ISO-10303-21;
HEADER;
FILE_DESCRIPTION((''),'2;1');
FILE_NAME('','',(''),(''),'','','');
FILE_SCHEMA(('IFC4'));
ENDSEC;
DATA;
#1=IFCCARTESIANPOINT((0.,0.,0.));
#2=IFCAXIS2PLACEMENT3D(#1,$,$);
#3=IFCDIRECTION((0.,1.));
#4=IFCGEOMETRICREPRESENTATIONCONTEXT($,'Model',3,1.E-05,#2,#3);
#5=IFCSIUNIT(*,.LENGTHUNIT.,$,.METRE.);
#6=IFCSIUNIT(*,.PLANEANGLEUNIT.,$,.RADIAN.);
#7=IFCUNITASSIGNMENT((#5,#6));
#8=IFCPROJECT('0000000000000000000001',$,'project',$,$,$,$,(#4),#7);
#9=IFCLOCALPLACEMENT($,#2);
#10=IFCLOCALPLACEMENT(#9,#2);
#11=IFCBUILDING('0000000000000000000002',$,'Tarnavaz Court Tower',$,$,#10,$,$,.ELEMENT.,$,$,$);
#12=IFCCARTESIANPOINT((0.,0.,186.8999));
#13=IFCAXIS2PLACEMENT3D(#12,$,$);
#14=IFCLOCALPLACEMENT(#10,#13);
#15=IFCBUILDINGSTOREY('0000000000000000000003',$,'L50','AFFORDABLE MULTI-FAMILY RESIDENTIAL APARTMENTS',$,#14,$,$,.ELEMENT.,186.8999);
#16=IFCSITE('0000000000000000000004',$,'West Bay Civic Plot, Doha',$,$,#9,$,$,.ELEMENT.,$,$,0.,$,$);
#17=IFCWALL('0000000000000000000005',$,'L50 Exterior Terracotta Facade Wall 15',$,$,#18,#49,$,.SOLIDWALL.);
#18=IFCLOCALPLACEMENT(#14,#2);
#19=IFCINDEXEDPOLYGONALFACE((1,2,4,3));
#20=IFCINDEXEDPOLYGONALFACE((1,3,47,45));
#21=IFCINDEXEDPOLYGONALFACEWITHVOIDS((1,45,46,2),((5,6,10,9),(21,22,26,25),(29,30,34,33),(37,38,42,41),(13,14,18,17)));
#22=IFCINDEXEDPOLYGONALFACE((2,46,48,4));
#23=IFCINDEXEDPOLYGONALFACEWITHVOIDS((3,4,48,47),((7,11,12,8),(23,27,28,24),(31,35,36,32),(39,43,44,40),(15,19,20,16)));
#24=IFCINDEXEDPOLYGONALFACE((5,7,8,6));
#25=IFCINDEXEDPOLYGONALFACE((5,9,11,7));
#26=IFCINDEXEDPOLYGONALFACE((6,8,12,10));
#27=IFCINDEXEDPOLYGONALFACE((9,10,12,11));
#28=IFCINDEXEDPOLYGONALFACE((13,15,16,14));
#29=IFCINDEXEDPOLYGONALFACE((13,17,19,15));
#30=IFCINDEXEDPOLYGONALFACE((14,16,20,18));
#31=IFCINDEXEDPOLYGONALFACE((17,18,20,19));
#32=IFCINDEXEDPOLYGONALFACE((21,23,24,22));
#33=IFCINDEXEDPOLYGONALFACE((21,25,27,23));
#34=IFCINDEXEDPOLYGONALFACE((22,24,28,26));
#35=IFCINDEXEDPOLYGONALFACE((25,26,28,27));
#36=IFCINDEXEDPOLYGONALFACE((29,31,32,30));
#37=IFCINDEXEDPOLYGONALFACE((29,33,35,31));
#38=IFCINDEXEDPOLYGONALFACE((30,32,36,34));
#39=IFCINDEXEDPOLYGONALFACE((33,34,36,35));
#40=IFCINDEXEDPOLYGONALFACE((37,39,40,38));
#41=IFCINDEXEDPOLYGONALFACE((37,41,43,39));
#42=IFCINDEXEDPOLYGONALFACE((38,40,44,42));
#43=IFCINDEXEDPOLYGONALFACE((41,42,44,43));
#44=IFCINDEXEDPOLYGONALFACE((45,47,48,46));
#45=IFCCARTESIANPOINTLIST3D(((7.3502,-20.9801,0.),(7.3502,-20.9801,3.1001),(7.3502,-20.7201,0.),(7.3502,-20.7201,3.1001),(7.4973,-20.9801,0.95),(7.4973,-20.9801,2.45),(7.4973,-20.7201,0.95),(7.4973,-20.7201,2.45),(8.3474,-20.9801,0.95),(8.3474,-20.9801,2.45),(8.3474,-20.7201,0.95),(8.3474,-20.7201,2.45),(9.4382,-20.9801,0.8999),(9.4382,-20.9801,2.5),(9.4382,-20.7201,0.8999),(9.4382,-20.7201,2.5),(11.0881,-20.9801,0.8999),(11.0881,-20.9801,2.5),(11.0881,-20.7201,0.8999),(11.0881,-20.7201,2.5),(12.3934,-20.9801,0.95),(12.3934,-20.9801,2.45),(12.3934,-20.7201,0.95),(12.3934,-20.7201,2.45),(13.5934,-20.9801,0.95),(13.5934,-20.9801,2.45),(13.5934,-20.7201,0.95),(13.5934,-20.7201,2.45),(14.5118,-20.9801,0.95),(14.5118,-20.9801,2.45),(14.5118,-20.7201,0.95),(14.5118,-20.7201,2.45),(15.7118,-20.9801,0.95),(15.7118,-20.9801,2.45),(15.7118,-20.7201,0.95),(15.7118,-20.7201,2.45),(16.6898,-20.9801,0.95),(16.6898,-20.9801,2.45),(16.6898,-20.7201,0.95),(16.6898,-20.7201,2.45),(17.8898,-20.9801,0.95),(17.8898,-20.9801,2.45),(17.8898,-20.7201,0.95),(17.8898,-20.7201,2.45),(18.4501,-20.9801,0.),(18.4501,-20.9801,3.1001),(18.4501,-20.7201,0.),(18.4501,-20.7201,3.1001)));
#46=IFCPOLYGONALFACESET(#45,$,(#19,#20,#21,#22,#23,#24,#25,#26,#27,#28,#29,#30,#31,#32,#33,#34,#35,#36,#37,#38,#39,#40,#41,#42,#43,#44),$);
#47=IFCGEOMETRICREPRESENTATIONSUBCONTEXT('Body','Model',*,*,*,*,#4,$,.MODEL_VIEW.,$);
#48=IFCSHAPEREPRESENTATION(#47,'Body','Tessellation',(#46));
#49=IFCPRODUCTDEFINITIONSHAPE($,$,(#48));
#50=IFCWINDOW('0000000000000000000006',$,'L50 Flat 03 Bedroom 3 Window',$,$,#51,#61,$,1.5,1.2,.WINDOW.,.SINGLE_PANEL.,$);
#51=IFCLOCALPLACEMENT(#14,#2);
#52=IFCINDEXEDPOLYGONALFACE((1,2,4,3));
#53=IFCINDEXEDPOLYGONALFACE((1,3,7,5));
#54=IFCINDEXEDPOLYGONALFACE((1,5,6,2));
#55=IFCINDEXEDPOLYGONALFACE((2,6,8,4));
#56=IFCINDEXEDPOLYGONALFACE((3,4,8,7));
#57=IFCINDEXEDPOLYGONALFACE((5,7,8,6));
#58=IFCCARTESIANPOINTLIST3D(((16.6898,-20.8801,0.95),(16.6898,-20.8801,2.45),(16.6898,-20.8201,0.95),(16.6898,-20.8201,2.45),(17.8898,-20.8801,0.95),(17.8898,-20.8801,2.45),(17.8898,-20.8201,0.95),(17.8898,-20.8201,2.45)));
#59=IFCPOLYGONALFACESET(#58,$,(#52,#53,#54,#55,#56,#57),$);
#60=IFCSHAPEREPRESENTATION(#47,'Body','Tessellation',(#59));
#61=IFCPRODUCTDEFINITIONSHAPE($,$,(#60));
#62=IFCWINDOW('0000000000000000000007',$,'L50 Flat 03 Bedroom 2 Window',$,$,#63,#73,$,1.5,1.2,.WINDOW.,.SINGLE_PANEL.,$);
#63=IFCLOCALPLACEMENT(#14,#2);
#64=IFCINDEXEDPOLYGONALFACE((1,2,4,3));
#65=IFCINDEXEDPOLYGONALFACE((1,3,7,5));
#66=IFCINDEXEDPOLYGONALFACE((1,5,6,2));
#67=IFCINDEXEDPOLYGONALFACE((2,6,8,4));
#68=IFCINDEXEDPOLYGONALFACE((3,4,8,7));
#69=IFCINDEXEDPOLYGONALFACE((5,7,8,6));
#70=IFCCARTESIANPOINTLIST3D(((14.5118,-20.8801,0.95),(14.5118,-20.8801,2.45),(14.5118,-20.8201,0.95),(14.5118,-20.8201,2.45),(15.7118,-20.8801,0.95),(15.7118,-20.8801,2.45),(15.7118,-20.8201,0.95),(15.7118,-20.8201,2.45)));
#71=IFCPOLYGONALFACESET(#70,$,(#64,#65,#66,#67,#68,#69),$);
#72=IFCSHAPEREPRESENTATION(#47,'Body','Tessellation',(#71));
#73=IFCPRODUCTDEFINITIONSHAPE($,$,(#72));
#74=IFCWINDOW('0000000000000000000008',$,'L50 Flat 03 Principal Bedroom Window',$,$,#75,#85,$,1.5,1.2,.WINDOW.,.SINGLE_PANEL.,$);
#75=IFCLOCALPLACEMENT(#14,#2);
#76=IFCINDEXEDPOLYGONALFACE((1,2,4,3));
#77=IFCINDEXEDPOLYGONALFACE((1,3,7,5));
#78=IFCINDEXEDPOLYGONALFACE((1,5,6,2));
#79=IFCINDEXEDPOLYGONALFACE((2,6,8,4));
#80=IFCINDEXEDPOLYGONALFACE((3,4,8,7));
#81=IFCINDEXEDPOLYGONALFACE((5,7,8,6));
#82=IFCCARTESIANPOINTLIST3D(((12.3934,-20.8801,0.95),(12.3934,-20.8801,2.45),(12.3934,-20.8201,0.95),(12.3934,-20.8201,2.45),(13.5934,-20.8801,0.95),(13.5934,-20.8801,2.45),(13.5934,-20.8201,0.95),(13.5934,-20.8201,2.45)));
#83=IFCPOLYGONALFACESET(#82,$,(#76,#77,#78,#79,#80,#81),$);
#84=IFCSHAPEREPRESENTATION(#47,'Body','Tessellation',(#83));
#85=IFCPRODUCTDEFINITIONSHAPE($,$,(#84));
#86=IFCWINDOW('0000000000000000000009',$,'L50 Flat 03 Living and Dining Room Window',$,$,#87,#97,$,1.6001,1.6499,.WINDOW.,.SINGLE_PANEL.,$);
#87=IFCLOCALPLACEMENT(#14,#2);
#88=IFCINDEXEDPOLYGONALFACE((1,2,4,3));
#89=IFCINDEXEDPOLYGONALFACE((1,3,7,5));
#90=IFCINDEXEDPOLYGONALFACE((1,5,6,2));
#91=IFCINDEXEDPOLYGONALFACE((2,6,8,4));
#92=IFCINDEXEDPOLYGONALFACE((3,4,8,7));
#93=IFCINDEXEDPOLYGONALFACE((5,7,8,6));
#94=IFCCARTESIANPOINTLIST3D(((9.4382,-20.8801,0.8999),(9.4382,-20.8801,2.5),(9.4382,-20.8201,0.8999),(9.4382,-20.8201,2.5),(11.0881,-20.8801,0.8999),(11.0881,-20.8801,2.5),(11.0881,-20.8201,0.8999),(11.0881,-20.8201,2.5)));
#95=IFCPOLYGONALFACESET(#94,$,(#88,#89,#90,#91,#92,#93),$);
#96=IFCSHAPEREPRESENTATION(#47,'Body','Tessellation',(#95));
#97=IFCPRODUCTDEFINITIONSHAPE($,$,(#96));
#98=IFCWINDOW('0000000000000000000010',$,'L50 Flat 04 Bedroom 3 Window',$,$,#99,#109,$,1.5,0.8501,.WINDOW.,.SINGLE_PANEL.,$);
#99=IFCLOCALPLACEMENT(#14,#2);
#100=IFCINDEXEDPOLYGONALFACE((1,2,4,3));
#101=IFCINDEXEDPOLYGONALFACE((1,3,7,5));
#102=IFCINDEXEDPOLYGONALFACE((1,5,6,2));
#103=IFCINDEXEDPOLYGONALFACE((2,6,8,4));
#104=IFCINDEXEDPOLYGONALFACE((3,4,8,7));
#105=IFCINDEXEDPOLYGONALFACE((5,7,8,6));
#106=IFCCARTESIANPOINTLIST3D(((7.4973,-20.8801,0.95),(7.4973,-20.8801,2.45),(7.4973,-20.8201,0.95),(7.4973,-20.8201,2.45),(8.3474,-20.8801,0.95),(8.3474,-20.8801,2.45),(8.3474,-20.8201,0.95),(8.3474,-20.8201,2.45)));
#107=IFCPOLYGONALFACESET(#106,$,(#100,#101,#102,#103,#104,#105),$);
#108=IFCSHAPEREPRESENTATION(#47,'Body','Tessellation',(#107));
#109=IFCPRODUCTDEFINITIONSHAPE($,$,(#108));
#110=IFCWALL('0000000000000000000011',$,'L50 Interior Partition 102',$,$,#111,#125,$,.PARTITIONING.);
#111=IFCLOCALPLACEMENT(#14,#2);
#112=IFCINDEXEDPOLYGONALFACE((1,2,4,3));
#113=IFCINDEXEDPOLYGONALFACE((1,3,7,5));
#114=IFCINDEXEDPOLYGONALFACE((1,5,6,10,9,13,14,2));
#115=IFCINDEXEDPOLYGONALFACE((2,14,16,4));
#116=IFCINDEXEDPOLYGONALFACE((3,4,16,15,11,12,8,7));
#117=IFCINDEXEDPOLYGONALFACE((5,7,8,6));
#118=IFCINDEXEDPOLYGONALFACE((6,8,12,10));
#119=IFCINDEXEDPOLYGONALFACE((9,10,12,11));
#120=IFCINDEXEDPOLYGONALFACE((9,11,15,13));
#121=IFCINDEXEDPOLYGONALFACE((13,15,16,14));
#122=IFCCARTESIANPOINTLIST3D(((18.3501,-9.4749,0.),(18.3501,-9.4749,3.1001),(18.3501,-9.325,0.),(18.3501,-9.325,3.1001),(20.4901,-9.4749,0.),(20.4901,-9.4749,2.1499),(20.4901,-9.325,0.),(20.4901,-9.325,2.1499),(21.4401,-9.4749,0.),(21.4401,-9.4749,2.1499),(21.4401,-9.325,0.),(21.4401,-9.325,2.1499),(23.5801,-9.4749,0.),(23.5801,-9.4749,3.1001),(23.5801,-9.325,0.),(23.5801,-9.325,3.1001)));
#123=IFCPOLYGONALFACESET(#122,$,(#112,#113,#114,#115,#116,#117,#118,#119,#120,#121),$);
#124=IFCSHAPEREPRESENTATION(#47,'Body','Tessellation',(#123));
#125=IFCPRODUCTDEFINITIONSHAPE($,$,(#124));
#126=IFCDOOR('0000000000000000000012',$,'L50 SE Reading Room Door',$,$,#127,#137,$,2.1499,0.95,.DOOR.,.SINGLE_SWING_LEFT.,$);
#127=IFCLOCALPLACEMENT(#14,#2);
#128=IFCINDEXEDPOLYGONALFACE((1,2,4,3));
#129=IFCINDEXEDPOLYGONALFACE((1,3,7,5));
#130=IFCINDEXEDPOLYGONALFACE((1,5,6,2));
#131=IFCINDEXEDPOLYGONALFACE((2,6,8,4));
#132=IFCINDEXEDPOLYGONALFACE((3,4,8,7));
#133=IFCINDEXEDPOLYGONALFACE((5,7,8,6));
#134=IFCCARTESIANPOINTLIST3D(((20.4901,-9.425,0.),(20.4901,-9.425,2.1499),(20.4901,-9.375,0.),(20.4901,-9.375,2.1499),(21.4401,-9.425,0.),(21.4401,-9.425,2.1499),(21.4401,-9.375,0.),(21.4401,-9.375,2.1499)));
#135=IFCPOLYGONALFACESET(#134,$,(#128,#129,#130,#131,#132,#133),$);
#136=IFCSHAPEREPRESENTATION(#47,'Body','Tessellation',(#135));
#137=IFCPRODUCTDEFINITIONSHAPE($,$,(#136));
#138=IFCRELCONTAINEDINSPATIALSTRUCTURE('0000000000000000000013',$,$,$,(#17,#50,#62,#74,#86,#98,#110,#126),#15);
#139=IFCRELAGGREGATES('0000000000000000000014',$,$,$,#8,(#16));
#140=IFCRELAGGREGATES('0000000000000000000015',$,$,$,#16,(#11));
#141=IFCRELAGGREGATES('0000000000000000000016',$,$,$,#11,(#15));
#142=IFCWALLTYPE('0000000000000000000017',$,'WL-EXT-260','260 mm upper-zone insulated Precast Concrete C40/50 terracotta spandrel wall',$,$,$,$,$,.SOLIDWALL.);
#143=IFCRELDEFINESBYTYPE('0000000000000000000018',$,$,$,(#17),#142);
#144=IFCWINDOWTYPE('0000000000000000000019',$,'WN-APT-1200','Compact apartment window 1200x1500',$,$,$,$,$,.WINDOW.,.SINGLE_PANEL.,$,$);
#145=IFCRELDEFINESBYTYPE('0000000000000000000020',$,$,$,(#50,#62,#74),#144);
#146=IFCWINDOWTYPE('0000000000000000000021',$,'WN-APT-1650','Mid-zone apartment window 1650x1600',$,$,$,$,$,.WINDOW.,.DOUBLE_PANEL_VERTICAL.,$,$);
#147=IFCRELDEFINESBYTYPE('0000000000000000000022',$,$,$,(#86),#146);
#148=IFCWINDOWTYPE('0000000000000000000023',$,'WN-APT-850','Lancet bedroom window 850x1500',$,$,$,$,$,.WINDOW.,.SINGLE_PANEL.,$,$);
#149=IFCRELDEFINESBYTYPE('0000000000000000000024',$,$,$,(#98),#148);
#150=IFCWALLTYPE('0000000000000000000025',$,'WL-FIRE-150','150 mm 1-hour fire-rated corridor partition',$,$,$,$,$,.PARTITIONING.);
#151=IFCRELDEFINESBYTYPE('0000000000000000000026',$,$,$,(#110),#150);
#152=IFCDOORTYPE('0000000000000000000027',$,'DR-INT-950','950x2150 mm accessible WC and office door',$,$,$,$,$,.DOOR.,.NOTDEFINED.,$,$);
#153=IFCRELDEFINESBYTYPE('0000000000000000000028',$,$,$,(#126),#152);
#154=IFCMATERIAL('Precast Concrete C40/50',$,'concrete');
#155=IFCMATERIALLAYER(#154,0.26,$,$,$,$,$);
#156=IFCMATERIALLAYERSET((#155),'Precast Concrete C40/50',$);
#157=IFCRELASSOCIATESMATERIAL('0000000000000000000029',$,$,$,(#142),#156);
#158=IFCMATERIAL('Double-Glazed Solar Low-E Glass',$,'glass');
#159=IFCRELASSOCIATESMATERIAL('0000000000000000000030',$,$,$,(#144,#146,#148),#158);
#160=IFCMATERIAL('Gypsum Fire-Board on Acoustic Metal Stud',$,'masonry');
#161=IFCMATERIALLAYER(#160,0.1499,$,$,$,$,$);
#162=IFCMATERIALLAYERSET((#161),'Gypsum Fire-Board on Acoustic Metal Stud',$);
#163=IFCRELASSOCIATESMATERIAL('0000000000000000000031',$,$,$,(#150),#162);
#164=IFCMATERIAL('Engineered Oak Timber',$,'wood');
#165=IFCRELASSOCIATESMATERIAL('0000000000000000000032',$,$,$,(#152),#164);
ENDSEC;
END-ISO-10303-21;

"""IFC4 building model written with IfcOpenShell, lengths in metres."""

from ifc_helpers import new_model, si_unit, direction, frame, frame_2d, origin, place, context, subcontext, project, spatial, rectangle, extrude, material, layer, layer_set, type_object, element, fill, save


model = new_model("IFC4")

# Units and contexts
model_context = context("Model", 3, precision=1e-05, world=origin(), true_north=direction((0.0, 1.0)))
body_context = subcontext(model_context, "Body", "Model", "MODEL_VIEW")
ifc_project = project(units=[si_unit("LENGTHUNIT", "METRE"), si_unit("PLANEANGLEUNIT", "RADIAN")], contexts=[model_context])

# Site, building, storey
site_placement = place(None, origin())
site = spatial("IfcSite", under=ifc_project, at=site_placement, Name="West Bay Civic Plot, Doha", CompositionType="ELEMENT", RefElevation=0.0)
building_placement = place(site_placement, origin())
building = spatial("IfcBuilding", under=site, at=building_placement, Name="Tarnavaz Court Tower", CompositionType="ELEMENT")
storey_placement = place(building_placement, frame((0.0, 0.0, 186.8999)))
storey = spatial("IfcBuildingStorey", under=building, at=storey_placement, Name="L50", Description="AFFORDABLE MULTI-FAMILY RESIDENTIAL APARTMENTS", CompositionType="ELEMENT", Elevation=186.8999)

# Shared definitions
ifc_material_1 = material(Name="Precast Concrete C40/50", Category="concrete")
ifc_layer_1 = layer(ifc_material_1, 0.26)
ifc_layer_set_1 = layer_set([ifc_layer_1], Name="Precast Concrete C40/50")
wall_type_1 = type_object("IfcWallType", Name="WL-EXT-260", Description="260 mm upper-zone insulated Precast Concrete C40/50 terracotta spandrel wall", PredefinedType="SOLIDWALL", material=ifc_layer_set_1)
ifc_material_2 = material(Name="Double-Glazed Solar Low-E Glass", Category="glass")
window_type_1 = type_object("IfcWindowType", Name="WN-APT-1200", Description="Compact apartment window 1200x1500", PartitioningType="SINGLE_PANEL", PredefinedType="WINDOW", material=ifc_material_2)

# Shared definitions
window_type_2 = type_object("IfcWindowType", Name="WN-APT-1650", Description="Mid-zone apartment window 1650x1600", PartitioningType="DOUBLE_PANEL_VERTICAL", PredefinedType="WINDOW", material=ifc_material_2)

# Wall, openings, windows
wall_1_placement = place(storey_placement, frame((18.45, -20.8501, 0.0), z_axis=(0.0, 0.0, 1.0), x_axis=(-1.0, 0.0, 0.0)))
wall_1 = element("IfcWall", 1, at=wall_1_placement, inside=storey, type_object=wall_type_1, Name="L50 Exterior Terracotta Facade Wall 15", PredefinedType="SOLIDWALL", context=body_context, shape_type="SweptSolid", body=[
    extrude(rectangle(XDim=11.0999, YDim=0.26, at=frame_2d((5.5498, 0.0))), origin(), (0.0, 0.0, 1.0), 3.1001),
])
opening_1_placement = place(wall_1_placement, frame((0.5601, 0.0, 0.95)))
opening_1 = element("IfcOpeningElement", 2, at=opening_1_placement, cuts=wall_1, PredefinedType="OPENING", context=body_context, shape_type="SweptSolid", body=[
    extrude(rectangle(XDim=1.2, YDim=1.5, at=frame_2d((0.6001, 0.75))), frame((0.0, 0.1399, 0.0), z_axis=(0.0, -1.0, 0.0), x_axis=(1.0, 0.0, 0.0)), (0.0, 0.0, 1.0), 0.28),
])
opening_2_placement = place(wall_1_placement, frame((2.738, 0.0, 0.95)))
opening_2 = element("IfcOpeningElement", 3, at=opening_2_placement, cuts=wall_1, PredefinedType="OPENING", context=body_context, shape_type="SweptSolid", body=[
    extrude(rectangle(XDim=1.2, YDim=1.5, at=frame_2d((0.6001, 0.75))), frame((0.0, 0.1399, 0.0), z_axis=(0.0, -1.0, 0.0), x_axis=(1.0, 0.0, 0.0)), (0.0, 0.0, 1.0), 0.28),
])
opening_3_placement = place(wall_1_placement, frame((4.8564, 0.0, 0.95)))
opening_3 = element("IfcOpeningElement", 4, at=opening_3_placement, cuts=wall_1, PredefinedType="OPENING", context=body_context, shape_type="SweptSolid", body=[
    extrude(rectangle(XDim=1.2, YDim=1.5, at=frame_2d((0.6001, 0.75))), frame((0.0, 0.1399, 0.0), z_axis=(0.0, -1.0, 0.0), x_axis=(1.0, 0.0, 0.0)), (0.0, 0.0, 1.0), 0.28),
])
opening_4_placement = place(wall_1_placement, frame((7.3618, 0.0, 0.8999)))
opening_4 = element("IfcOpeningElement", 5, at=opening_4_placement, cuts=wall_1, PredefinedType="OPENING", context=body_context, shape_type="SweptSolid", body=[
    extrude(rectangle(XDim=1.6499, YDim=1.6001, at=frame_2d((0.825, 0.8))), frame((0.0, 0.1399, 0.0), z_axis=(0.0, -1.0, 0.0), x_axis=(1.0, 0.0, 0.0)), (0.0, 0.0, 1.0), 0.28),
])
opening_5_placement = place(wall_1_placement, frame((10.1025, 0.0, 0.95)))
opening_5 = element("IfcOpeningElement", 6, at=opening_5_placement, cuts=wall_1, PredefinedType="OPENING", context=body_context, shape_type="SweptSolid", body=[
    extrude(rectangle(XDim=0.8501, YDim=1.5, at=frame_2d((0.425, 0.75))), frame((0.0, 0.1399, 0.0), z_axis=(0.0, -1.0, 0.0), x_axis=(1.0, 0.0, 0.0)), (0.0, 0.0, 1.0), 0.28),
])
window_1_placement = place(opening_1_placement, origin())
window_1 = element("IfcWindow", 7, at=window_1_placement, inside=storey, type_object=window_type_1, Name="L50 Flat 03 Bedroom 3 Window", OverallHeight=1.5, OverallWidth=1.2, PartitioningType="SINGLE_PANEL", PredefinedType="WINDOW", context=body_context, shape_type="SweptSolid", body=[
    extrude(rectangle(XDim=1.2, YDim=1.5, at=frame_2d((0.6001, 0.75))), frame((0.0, 0.03, 0.0), z_axis=(0.0, -1.0, 0.0), x_axis=(1.0, 0.0, 0.0)), (0.0, 0.0, 1.0), 0.0601),
])
fill(opening_1, window_1)
window_2_placement = place(opening_2_placement, origin())
window_2 = element("IfcWindow", 8, at=window_2_placement, inside=storey, type_object=window_type_1, Name="L50 Flat 03 Bedroom 2 Window", OverallHeight=1.5, OverallWidth=1.2, PartitioningType="SINGLE_PANEL", PredefinedType="WINDOW", context=body_context, shape_type="SweptSolid", body=[
    extrude(rectangle(XDim=1.2, YDim=1.5, at=frame_2d((0.6001, 0.75))), frame((0.0, 0.03, 0.0), z_axis=(0.0, -1.0, 0.0), x_axis=(1.0, 0.0, 0.0)), (0.0, 0.0, 1.0), 0.0601),
])
fill(opening_2, window_2)
window_3_placement = place(opening_3_placement, origin())
window_3 = element("IfcWindow", 9, at=window_3_placement, inside=storey, type_object=window_type_1, Name="L50 Flat 03 Principal Bedroom Window", OverallHeight=1.5, OverallWidth=1.2, PartitioningType="SINGLE_PANEL", PredefinedType="WINDOW", context=body_context, shape_type="SweptSolid", body=[
    extrude(rectangle(XDim=1.2, YDim=1.5, at=frame_2d((0.6001, 0.75))), frame((0.0, 0.03, 0.0), z_axis=(0.0, -1.0, 0.0), x_axis=(1.0, 0.0, 0.0)), (0.0, 0.0, 1.0), 0.0601),
])
fill(opening_3, window_3)
window_4_placement = place(opening_4_placement, origin())
window_4 = element("IfcWindow", 10, at=window_4_placement, inside=storey, type_object=window_type_2, Name="L50 Flat 03 Living and Dining Room Window", OverallHeight=1.6001, OverallWidth=1.6499, PartitioningType="SINGLE_PANEL", PredefinedType="WINDOW", context=body_context, shape_type="SweptSolid", body=[
    extrude(rectangle(XDim=1.6499, YDim=1.6001, at=frame_2d((0.825, 0.8))), frame((0.0, 0.03, 0.0), z_axis=(0.0, -1.0, 0.0), x_axis=(1.0, 0.0, 0.0)), (0.0, 0.0, 1.0), 0.0601),
])
fill(opening_4, window_4)
window_type_3 = type_object("IfcWindowType", Name="WN-APT-850", Description="Lancet bedroom window 850x1500", PartitioningType="SINGLE_PANEL", PredefinedType="WINDOW", material=ifc_material_2)
window_5_placement = place(opening_5_placement, origin())
window_5 = element("IfcWindow", 11, at=window_5_placement, inside=storey, type_object=window_type_3, Name="L50 Flat 04 Bedroom 3 Window", OverallHeight=1.5, OverallWidth=0.8501, PartitioningType="SINGLE_PANEL", PredefinedType="WINDOW", context=body_context, shape_type="SweptSolid", body=[
    extrude(rectangle(XDim=0.8501, YDim=1.5, at=frame_2d((0.425, 0.75))), frame((0.0, 0.03, 0.0), z_axis=(0.0, -1.0, 0.0), x_axis=(1.0, 0.0, 0.0)), (0.0, 0.0, 1.0), 0.0601),
])
fill(opening_5, window_5)

# Wall, opening, door
ifc_material_3 = material(Name="Gypsum Fire-Board on Acoustic Metal Stud", Category="masonry")
ifc_layer_2 = layer(ifc_material_3, 0.1499)
ifc_layer_set_2 = layer_set([ifc_layer_2], Name="Gypsum Fire-Board on Acoustic Metal Stud")
wall_type_2 = type_object("IfcWallType", Name="WL-FIRE-150", Description="150 mm 1-hour fire-rated corridor partition", PredefinedType="PARTITIONING", material=ifc_layer_set_2)
wall_2_placement = place(storey_placement, frame((18.3501, -9.3999, 0.0), z_axis=(0.0, 0.0, 1.0), x_axis=(1.0, 0.0, 0.0)))
wall_2 = element("IfcWall", 12, at=wall_2_placement, inside=storey, type_object=wall_type_2, Name="L50 Interior Partition 102", PredefinedType="PARTITIONING", context=body_context, shape_type="SweptSolid", body=[
    extrude(rectangle(XDim=5.23, YDim=0.1499, at=frame_2d((2.615, 0.0))), origin(), (0.0, 0.0, 1.0), 3.1001),
])
opening_6_placement = place(wall_2_placement, frame((2.1399, 0.0, 0.0)))
opening_6 = element("IfcOpeningElement", 13, at=opening_6_placement, cuts=wall_2, PredefinedType="OPENING", context=body_context, shape_type="SweptSolid", body=[
    extrude(rectangle(XDim=0.95, YDim=2.1499, at=frame_2d((0.4751, 1.075))), frame((0.0, 0.085, 0.0), z_axis=(0.0, -1.0, 0.0), x_axis=(1.0, 0.0, 0.0)), (0.0, 0.0, 1.0), 0.1699),
])
ifc_material_4 = material(Name="Engineered Oak Timber", Category="wood")
door_type_1 = type_object("IfcDoorType", Name="DR-INT-950", Description="950x2150 mm accessible WC and office door", OperationType="NOTDEFINED", PredefinedType="DOOR", material=ifc_material_4)
door_1_placement = place(opening_6_placement, origin())
door_1 = element("IfcDoor", 14, at=door_1_placement, inside=storey, type_object=door_type_1, Name="L50 SE Reading Room Door", OperationType="SINGLE_SWING_LEFT", OverallHeight=2.1499, OverallWidth=0.95, PredefinedType="DOOR", context=body_context, shape_type="SweptSolid", body=[
    extrude(rectangle(XDim=0.95, YDim=2.1499, at=frame_2d((0.4751, 1.075))), frame((0.0, 0.0249, 0.0), z_axis=(0.0, -1.0, 0.0), x_axis=(1.0, 0.0, 0.0)), (0.0, 0.0, 1.0), 0.05),
])
fill(opening_6, door_1)

save(model, "model.ifc")
